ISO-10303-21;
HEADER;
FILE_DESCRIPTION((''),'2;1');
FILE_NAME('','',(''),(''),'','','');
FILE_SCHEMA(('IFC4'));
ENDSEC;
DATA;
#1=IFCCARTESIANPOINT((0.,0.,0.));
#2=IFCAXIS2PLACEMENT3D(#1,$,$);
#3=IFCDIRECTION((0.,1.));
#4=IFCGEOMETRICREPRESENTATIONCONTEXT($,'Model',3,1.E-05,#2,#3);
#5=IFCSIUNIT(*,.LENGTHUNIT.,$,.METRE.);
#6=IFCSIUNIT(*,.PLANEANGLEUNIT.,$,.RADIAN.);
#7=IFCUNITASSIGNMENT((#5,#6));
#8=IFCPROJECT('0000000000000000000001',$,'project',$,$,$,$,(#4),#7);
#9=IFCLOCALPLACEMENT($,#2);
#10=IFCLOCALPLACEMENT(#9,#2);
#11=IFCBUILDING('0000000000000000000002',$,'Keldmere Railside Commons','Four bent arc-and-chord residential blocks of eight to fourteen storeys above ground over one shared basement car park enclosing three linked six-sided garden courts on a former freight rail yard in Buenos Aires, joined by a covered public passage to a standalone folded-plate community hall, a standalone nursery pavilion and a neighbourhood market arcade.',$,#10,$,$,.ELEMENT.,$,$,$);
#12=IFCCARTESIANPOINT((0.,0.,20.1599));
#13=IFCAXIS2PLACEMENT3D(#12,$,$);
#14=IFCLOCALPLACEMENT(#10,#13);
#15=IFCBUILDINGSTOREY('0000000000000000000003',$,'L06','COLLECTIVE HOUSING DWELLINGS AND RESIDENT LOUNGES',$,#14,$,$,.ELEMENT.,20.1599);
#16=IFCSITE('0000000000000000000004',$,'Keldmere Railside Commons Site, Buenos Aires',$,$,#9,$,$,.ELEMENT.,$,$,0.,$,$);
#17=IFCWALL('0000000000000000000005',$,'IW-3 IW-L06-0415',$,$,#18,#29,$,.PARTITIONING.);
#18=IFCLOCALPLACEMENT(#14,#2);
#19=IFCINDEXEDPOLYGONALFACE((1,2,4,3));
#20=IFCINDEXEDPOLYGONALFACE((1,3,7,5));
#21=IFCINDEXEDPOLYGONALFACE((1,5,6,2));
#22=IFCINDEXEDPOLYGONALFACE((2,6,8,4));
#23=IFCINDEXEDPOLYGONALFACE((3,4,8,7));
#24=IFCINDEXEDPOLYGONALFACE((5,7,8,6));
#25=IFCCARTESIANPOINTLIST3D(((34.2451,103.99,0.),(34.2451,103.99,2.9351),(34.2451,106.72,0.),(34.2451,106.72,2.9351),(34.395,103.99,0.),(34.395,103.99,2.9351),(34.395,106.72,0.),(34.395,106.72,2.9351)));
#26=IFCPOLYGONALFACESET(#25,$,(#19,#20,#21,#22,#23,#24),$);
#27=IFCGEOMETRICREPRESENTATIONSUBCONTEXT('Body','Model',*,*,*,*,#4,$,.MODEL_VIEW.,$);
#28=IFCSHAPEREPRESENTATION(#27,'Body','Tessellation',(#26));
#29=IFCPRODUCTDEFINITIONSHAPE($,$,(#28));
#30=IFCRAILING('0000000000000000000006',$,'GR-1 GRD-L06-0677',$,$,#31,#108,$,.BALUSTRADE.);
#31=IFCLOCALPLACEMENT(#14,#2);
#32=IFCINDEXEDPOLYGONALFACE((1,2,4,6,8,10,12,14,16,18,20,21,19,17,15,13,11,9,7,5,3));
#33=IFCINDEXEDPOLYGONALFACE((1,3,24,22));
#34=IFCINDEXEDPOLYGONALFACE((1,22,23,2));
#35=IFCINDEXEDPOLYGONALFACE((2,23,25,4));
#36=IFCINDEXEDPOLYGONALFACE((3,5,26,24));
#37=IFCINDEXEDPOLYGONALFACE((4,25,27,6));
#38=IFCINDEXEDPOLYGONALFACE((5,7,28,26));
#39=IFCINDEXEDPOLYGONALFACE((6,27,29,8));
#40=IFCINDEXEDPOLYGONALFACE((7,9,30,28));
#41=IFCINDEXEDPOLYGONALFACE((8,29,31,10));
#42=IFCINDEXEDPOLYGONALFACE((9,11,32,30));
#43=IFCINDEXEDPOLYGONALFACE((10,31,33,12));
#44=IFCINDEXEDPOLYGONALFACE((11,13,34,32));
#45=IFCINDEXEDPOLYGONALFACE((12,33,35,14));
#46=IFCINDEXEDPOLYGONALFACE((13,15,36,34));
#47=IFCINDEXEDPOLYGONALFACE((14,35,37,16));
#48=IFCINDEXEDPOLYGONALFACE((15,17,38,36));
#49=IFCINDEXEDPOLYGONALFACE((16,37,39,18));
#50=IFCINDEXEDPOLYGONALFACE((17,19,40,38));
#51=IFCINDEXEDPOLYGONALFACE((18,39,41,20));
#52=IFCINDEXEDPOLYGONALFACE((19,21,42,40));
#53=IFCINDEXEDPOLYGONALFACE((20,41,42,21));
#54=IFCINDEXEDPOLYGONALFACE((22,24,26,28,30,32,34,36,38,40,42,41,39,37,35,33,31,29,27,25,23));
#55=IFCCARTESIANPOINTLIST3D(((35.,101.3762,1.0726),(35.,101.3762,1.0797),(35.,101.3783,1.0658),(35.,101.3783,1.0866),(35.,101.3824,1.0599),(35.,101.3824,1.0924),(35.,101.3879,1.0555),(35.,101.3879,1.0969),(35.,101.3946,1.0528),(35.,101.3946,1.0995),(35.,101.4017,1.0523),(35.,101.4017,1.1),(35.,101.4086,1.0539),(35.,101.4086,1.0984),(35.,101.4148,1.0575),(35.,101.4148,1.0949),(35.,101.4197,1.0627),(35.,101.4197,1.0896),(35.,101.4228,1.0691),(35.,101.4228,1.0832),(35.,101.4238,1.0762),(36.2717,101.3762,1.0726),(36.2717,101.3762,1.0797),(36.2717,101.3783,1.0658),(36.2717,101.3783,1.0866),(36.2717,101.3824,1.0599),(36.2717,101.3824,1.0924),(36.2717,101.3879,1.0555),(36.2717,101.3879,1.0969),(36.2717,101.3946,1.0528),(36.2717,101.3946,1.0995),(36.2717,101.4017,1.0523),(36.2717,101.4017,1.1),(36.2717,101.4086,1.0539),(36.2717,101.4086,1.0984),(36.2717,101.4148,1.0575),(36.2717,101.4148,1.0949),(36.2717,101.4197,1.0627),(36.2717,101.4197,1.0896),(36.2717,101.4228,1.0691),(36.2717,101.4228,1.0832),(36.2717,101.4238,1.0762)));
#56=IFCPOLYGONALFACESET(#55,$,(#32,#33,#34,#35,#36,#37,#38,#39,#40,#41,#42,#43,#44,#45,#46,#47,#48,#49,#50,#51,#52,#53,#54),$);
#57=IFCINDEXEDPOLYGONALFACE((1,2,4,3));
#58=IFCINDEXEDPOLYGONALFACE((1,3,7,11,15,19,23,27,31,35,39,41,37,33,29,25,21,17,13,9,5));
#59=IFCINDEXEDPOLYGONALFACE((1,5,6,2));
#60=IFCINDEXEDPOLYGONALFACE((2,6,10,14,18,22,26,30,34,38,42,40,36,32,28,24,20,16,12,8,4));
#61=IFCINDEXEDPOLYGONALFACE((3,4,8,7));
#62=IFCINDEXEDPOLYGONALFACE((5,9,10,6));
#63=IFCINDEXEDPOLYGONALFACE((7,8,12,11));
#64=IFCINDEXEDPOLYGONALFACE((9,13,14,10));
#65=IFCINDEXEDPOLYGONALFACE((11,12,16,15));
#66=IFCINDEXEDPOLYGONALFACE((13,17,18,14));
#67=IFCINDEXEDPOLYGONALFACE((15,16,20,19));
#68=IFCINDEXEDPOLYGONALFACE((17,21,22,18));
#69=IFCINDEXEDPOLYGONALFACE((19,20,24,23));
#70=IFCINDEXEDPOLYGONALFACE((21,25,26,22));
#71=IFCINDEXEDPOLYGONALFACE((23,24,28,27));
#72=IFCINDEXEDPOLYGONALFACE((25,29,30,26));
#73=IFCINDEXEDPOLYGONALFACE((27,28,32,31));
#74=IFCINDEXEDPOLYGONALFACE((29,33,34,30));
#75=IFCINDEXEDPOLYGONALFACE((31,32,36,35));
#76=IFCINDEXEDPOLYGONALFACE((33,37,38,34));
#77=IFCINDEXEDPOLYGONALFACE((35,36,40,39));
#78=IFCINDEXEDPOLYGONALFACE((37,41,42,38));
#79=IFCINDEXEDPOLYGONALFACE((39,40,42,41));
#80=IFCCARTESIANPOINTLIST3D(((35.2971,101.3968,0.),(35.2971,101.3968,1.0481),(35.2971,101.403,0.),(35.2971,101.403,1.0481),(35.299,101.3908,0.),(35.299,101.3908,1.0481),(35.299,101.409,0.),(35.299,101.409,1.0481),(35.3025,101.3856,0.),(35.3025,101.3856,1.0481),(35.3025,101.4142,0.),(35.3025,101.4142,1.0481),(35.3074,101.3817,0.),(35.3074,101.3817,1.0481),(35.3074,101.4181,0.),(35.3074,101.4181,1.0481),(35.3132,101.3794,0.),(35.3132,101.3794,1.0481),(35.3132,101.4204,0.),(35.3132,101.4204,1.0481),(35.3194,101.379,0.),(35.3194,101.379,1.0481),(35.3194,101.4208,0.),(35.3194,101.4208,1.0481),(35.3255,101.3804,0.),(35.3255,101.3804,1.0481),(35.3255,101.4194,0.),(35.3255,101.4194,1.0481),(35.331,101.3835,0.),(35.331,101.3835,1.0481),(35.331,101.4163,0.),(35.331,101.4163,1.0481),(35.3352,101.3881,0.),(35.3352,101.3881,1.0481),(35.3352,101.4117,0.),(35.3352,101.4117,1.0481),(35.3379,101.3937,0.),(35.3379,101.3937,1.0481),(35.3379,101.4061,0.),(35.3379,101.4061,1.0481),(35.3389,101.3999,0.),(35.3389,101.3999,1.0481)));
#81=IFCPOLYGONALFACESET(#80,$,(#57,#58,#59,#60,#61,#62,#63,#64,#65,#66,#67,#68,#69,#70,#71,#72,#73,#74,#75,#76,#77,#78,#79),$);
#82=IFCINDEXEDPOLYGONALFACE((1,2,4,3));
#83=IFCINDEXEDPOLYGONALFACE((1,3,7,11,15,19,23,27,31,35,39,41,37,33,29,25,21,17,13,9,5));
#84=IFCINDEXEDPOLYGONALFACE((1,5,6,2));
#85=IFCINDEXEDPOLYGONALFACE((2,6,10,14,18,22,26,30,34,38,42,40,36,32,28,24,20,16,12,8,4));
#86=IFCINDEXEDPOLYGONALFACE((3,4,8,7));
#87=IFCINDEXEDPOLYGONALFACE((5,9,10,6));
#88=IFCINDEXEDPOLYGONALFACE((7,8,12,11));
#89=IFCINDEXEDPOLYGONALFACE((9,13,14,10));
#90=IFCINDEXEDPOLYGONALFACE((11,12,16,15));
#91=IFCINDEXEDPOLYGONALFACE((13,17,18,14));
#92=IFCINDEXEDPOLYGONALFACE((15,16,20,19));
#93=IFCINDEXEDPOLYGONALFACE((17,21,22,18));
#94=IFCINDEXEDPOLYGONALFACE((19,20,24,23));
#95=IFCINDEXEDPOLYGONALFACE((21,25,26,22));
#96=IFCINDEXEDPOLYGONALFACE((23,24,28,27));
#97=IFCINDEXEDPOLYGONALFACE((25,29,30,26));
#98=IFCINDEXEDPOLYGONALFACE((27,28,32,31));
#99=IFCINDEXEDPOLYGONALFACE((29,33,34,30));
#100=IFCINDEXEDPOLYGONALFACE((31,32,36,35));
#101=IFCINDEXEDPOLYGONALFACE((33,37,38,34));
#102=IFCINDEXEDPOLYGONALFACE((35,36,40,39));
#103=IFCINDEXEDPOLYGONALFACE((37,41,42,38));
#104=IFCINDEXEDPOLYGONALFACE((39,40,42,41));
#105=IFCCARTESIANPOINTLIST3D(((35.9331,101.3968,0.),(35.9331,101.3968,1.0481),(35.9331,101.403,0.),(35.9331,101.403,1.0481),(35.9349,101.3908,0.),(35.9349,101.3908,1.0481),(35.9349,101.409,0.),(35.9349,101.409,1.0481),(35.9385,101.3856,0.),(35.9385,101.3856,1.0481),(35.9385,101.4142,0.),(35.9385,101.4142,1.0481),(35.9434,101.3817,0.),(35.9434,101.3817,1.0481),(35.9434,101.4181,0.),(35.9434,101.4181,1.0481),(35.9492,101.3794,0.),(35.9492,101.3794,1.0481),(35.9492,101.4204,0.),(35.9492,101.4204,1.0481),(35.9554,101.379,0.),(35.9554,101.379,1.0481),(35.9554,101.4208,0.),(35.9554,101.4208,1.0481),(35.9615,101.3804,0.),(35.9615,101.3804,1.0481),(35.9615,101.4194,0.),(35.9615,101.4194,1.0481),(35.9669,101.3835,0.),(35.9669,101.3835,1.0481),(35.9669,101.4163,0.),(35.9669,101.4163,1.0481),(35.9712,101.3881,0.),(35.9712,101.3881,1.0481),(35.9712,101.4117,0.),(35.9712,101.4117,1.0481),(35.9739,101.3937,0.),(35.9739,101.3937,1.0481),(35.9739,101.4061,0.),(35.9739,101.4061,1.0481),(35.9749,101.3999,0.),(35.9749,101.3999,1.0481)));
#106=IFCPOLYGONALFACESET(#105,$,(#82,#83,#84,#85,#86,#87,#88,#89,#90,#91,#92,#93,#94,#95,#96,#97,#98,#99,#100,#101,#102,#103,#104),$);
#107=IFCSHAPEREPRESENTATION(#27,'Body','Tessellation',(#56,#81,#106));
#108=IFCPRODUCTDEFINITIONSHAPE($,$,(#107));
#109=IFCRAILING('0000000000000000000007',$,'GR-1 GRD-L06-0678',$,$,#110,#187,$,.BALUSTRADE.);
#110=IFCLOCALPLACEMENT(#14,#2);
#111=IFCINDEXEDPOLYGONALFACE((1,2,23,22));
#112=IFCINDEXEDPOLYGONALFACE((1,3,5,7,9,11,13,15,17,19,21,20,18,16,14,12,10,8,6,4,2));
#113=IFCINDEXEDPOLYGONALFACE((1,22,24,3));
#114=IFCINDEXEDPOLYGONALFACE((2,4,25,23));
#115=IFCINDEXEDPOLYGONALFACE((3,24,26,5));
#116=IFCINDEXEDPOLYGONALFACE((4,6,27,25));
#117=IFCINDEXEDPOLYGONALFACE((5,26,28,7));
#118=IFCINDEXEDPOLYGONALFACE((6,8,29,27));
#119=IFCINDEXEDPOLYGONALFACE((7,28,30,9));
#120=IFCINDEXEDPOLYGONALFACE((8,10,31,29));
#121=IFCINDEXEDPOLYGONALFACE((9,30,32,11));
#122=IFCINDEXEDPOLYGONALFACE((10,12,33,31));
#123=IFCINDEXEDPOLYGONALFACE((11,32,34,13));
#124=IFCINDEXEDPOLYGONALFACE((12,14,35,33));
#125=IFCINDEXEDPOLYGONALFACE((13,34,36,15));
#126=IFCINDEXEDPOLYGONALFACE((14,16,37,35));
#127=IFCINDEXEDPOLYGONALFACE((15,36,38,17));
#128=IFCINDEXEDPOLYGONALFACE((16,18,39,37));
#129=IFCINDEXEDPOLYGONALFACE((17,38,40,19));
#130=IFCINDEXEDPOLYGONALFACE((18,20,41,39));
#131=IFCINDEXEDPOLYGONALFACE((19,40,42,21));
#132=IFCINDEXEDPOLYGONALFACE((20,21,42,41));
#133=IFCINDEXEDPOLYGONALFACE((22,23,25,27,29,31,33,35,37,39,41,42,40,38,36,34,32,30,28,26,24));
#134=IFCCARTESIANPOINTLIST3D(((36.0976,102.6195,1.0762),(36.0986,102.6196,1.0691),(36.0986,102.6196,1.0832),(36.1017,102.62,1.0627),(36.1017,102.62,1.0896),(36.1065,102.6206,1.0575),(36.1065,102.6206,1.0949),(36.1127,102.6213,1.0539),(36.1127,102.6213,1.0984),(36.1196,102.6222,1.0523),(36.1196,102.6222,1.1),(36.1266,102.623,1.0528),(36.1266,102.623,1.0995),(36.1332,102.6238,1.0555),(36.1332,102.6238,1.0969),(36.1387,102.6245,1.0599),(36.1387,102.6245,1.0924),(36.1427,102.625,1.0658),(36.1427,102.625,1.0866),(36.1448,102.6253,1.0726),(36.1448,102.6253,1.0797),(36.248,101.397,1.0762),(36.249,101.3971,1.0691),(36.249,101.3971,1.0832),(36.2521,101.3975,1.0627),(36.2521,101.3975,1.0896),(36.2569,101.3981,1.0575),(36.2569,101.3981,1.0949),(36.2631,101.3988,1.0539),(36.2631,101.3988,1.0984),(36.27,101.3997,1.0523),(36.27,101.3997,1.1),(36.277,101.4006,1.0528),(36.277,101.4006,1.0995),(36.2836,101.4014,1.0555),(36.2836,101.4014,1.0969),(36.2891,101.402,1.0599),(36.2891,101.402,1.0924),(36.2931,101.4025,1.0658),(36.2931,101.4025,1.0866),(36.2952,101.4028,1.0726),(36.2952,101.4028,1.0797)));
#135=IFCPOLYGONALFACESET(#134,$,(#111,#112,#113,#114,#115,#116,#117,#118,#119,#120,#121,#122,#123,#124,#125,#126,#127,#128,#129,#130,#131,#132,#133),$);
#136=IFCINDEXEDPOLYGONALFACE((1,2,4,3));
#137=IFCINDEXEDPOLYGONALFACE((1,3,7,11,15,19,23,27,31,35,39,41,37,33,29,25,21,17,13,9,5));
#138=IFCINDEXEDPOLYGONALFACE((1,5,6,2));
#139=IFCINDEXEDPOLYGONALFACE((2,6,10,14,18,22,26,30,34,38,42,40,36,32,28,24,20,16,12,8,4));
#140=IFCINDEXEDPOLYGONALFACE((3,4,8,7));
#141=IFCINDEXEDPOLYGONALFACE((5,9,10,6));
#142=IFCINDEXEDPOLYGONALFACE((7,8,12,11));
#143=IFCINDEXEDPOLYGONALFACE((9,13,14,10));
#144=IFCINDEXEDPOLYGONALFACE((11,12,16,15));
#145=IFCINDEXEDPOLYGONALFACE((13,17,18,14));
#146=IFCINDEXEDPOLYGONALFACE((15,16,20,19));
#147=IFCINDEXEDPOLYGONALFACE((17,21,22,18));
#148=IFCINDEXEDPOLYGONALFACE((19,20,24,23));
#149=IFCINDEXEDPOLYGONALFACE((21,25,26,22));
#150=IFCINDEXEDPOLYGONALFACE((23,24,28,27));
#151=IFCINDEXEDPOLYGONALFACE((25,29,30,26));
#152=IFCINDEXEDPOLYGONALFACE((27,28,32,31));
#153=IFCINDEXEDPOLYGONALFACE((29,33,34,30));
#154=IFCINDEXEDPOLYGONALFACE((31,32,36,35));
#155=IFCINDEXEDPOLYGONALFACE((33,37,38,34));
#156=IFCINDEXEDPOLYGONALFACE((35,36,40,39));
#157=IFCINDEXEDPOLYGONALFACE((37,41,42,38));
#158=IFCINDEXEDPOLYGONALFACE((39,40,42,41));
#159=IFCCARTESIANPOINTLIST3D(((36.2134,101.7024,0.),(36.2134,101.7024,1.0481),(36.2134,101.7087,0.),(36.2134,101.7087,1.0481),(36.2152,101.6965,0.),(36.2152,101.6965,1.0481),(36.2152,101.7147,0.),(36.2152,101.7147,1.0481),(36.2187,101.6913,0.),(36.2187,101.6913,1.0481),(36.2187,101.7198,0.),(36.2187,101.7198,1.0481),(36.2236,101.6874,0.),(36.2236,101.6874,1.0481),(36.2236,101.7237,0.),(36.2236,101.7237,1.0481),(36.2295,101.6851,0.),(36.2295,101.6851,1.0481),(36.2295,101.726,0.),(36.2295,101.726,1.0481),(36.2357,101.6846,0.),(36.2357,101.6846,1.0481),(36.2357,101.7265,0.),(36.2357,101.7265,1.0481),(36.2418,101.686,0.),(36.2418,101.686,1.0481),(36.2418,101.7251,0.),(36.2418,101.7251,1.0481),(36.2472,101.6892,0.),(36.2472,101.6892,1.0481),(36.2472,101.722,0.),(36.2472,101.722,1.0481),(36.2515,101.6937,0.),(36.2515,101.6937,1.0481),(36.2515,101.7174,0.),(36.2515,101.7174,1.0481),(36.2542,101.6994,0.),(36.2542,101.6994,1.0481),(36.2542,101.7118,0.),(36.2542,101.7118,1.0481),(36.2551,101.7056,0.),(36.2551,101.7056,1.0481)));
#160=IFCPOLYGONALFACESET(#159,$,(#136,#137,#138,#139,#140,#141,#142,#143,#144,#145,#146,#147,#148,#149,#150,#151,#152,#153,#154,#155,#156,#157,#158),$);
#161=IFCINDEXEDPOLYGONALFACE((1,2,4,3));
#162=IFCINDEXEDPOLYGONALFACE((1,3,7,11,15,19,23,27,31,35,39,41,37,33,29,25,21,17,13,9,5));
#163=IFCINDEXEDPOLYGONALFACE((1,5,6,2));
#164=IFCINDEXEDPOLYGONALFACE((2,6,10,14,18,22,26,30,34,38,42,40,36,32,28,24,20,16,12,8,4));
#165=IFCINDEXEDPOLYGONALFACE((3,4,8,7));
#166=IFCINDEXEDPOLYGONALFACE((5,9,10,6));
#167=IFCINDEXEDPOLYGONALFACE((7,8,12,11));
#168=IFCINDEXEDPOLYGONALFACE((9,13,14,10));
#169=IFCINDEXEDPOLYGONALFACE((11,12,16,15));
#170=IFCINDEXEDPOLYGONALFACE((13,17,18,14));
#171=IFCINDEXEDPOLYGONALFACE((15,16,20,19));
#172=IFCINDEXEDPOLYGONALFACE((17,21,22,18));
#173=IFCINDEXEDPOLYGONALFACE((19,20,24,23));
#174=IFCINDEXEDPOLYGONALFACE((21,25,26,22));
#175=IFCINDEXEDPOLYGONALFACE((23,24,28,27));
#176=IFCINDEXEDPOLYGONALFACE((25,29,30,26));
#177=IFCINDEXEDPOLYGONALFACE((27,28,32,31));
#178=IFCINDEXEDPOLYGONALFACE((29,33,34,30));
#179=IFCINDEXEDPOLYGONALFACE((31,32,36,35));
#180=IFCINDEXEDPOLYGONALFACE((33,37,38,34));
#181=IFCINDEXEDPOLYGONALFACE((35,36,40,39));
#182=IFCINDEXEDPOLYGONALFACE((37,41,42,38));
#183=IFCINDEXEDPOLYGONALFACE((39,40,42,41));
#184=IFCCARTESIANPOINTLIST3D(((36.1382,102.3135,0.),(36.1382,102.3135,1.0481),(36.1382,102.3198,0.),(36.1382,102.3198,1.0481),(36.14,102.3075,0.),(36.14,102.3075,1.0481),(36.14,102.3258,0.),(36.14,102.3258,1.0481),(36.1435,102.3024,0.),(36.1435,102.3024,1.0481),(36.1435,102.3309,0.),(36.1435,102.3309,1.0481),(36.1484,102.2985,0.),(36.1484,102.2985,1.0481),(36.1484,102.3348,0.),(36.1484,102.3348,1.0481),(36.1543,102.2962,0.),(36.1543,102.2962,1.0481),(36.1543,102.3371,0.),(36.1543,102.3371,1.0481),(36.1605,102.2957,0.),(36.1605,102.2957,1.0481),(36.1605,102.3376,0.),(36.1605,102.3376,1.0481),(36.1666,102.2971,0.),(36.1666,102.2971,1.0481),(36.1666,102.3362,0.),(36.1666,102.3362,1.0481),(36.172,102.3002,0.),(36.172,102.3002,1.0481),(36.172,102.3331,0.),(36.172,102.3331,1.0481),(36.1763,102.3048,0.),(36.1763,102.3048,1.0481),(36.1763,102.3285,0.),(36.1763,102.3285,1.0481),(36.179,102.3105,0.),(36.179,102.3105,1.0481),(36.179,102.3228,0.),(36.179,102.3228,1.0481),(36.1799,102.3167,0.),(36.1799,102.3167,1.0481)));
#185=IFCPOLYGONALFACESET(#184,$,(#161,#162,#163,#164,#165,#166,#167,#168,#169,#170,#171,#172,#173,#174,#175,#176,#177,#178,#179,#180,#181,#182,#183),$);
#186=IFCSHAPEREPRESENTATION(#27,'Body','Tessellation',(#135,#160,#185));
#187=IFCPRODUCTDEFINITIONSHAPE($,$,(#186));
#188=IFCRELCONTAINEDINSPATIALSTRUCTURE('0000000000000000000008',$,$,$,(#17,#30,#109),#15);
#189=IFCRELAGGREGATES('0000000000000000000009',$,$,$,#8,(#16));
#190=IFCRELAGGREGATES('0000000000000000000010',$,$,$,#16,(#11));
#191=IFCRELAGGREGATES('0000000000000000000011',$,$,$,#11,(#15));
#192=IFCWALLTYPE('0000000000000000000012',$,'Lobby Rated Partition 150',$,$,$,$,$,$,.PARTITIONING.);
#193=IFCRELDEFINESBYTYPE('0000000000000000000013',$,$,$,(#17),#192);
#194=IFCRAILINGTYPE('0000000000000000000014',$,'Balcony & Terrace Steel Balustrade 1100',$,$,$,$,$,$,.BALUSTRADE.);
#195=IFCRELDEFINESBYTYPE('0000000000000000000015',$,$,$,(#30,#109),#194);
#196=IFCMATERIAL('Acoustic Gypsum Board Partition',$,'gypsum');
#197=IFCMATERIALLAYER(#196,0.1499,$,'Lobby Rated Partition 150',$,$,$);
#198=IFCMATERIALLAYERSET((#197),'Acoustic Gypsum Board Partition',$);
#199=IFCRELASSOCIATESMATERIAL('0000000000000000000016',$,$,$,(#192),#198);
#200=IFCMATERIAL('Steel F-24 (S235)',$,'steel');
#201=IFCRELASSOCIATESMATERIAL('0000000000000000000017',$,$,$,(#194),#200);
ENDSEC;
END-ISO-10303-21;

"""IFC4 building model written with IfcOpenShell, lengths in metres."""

from ifc_helpers import new_model, si_unit, direction, frame, frame_2d, origin, origin_2d, place, context, subcontext, project, spatial, rectangle, circle, extrude, material, layer, layer_set, type_object, element, save


model = new_model("IFC4")

# Units and contexts
model_context = context("Model", 3, precision=1e-05, world=origin(), true_north=direction((0.0, 1.0)))
body_context = subcontext(model_context, "Body", "Model", "MODEL_VIEW")
ifc_project = project(units=[si_unit("LENGTHUNIT", "METRE"), si_unit("PLANEANGLEUNIT", "RADIAN")], contexts=[model_context])

# Site, building, storey
site_placement = place(None, origin())
site = spatial("IfcSite", under=ifc_project, at=site_placement, Name="Keldmere Railside Commons Site, Buenos Aires", CompositionType="ELEMENT", RefElevation=0.0)
building_placement = place(site_placement, origin())
building = spatial("IfcBuilding", under=site, at=building_placement, Name="Keldmere Railside Commons", Description="Four bent arc-and-chord residential blocks of eight to fourteen storeys above ground over one shared basement car park enclosing three linked six-sided garden courts on a former freight rail yard in Buenos Aires, joined by a covered public passage to a standalone folded-plate community hall, a standalone nursery pavilion and a neighbourhood market arcade.", CompositionType="ELEMENT")
storey_placement = place(building_placement, frame((0.0, 0.0, 20.1599)))
storey = spatial("IfcBuildingStorey", under=building, at=storey_placement, Name="L06", Description="COLLECTIVE HOUSING DWELLINGS AND RESIDENT LOUNGES", CompositionType="ELEMENT", Elevation=20.1599)

# Shared definitions
ifc_material_1 = material(Name="Acoustic Gypsum Board Partition", Category="gypsum")

# Shared definitions
ifc_material_2 = material(Name="Steel F-24 (S235)", Category="steel")

# Wall
ifc_layer_1 = layer(ifc_material_1, 0.1499, Name="Lobby Rated Partition 150")
ifc_layer_set_1 = layer_set([ifc_layer_1], Name="Acoustic Gypsum Board Partition")
wall_type_1 = type_object("IfcWallType", Name="Lobby Rated Partition 150", PredefinedType="PARTITIONING", material=ifc_layer_set_1)
wall_1_placement = place(storey_placement, frame((34.3201, 103.99, 0.0), z_axis=(0.0, 0.0, 1.0), x_axis=(0.0, 1.0, 0.0)))
element("IfcWall", 1, at=wall_1_placement, inside=storey, type_object=wall_type_1, Name="IW-3 IW-L06-0415", PredefinedType="PARTITIONING", context=body_context, shape_type="SweptSolid", body=[
    extrude(rectangle(XDim=2.73, YDim=0.1499, at=frame_2d((1.365, 0.0))), origin(), (0.0, 0.0, 1.0), 2.9351),
])

# Railings
railing_type = type_object("IfcRailingType", Name="Balcony & Terrace Steel Balustrade 1100", PredefinedType="BALUSTRADE", material=ifc_material_2)
railing_1_placement = place(storey_placement, frame((35.0, 101.3999, 0.0)))
element("IfcRailing", 2, at=railing_1_placement, inside=storey, type_object=railing_type, Name="GR-1 GRD-L06-0677", PredefinedType="BALUSTRADE", context=body_context, shape_type="SweptSolid", body=[
    extrude(circle(Radius=0.0239, at=origin_2d()), frame((0.0, 0.0, 1.0762), z_axis=(1.0, 0.0, 0.0), x_axis=(0.0, 1.0, 0.0)), (0.0, 0.0, 1.0), 1.2717),
    extrude(circle(Radius=0.021, at=origin_2d()), frame((0.3179, 0.0, 0.0)), (0.0, 0.0, 1.0), 1.0481),
    extrude(circle(Radius=0.021, at=origin_2d()), frame((0.9539, 0.0, 0.0)), (0.0, 0.0, 1.0), 1.0481),
])
railing_2_placement = place(storey_placement, frame((36.2717, 101.3999, 0.0)))
element("IfcRailing", 3, at=railing_2_placement, inside=storey, type_object=railing_type, Name="GR-1 GRD-L06-0678", PredefinedType="BALUSTRADE", context=body_context, shape_type="SweptSolid", body=[
    extrude(circle(Radius=0.0239, at=origin_2d()), frame((0.0, 0.0, 1.0762), z_axis=(-0.122107, 0.992517, 0.0), x_axis=(-0.992517, -0.122107, 0.0)), (0.0, 0.0, 1.0), 1.2317),
    extrude(circle(Radius=0.021, at=origin_2d()), frame((-0.0376, 0.3057, 0.0)), (0.0, 0.0, 1.0), 1.0481),
    extrude(circle(Radius=0.021, at=origin_2d()), frame((-0.1128, 0.9167, 0.0)), (0.0, 0.0, 1.0), 1.0481),
])

save(model, "model.ifc")
